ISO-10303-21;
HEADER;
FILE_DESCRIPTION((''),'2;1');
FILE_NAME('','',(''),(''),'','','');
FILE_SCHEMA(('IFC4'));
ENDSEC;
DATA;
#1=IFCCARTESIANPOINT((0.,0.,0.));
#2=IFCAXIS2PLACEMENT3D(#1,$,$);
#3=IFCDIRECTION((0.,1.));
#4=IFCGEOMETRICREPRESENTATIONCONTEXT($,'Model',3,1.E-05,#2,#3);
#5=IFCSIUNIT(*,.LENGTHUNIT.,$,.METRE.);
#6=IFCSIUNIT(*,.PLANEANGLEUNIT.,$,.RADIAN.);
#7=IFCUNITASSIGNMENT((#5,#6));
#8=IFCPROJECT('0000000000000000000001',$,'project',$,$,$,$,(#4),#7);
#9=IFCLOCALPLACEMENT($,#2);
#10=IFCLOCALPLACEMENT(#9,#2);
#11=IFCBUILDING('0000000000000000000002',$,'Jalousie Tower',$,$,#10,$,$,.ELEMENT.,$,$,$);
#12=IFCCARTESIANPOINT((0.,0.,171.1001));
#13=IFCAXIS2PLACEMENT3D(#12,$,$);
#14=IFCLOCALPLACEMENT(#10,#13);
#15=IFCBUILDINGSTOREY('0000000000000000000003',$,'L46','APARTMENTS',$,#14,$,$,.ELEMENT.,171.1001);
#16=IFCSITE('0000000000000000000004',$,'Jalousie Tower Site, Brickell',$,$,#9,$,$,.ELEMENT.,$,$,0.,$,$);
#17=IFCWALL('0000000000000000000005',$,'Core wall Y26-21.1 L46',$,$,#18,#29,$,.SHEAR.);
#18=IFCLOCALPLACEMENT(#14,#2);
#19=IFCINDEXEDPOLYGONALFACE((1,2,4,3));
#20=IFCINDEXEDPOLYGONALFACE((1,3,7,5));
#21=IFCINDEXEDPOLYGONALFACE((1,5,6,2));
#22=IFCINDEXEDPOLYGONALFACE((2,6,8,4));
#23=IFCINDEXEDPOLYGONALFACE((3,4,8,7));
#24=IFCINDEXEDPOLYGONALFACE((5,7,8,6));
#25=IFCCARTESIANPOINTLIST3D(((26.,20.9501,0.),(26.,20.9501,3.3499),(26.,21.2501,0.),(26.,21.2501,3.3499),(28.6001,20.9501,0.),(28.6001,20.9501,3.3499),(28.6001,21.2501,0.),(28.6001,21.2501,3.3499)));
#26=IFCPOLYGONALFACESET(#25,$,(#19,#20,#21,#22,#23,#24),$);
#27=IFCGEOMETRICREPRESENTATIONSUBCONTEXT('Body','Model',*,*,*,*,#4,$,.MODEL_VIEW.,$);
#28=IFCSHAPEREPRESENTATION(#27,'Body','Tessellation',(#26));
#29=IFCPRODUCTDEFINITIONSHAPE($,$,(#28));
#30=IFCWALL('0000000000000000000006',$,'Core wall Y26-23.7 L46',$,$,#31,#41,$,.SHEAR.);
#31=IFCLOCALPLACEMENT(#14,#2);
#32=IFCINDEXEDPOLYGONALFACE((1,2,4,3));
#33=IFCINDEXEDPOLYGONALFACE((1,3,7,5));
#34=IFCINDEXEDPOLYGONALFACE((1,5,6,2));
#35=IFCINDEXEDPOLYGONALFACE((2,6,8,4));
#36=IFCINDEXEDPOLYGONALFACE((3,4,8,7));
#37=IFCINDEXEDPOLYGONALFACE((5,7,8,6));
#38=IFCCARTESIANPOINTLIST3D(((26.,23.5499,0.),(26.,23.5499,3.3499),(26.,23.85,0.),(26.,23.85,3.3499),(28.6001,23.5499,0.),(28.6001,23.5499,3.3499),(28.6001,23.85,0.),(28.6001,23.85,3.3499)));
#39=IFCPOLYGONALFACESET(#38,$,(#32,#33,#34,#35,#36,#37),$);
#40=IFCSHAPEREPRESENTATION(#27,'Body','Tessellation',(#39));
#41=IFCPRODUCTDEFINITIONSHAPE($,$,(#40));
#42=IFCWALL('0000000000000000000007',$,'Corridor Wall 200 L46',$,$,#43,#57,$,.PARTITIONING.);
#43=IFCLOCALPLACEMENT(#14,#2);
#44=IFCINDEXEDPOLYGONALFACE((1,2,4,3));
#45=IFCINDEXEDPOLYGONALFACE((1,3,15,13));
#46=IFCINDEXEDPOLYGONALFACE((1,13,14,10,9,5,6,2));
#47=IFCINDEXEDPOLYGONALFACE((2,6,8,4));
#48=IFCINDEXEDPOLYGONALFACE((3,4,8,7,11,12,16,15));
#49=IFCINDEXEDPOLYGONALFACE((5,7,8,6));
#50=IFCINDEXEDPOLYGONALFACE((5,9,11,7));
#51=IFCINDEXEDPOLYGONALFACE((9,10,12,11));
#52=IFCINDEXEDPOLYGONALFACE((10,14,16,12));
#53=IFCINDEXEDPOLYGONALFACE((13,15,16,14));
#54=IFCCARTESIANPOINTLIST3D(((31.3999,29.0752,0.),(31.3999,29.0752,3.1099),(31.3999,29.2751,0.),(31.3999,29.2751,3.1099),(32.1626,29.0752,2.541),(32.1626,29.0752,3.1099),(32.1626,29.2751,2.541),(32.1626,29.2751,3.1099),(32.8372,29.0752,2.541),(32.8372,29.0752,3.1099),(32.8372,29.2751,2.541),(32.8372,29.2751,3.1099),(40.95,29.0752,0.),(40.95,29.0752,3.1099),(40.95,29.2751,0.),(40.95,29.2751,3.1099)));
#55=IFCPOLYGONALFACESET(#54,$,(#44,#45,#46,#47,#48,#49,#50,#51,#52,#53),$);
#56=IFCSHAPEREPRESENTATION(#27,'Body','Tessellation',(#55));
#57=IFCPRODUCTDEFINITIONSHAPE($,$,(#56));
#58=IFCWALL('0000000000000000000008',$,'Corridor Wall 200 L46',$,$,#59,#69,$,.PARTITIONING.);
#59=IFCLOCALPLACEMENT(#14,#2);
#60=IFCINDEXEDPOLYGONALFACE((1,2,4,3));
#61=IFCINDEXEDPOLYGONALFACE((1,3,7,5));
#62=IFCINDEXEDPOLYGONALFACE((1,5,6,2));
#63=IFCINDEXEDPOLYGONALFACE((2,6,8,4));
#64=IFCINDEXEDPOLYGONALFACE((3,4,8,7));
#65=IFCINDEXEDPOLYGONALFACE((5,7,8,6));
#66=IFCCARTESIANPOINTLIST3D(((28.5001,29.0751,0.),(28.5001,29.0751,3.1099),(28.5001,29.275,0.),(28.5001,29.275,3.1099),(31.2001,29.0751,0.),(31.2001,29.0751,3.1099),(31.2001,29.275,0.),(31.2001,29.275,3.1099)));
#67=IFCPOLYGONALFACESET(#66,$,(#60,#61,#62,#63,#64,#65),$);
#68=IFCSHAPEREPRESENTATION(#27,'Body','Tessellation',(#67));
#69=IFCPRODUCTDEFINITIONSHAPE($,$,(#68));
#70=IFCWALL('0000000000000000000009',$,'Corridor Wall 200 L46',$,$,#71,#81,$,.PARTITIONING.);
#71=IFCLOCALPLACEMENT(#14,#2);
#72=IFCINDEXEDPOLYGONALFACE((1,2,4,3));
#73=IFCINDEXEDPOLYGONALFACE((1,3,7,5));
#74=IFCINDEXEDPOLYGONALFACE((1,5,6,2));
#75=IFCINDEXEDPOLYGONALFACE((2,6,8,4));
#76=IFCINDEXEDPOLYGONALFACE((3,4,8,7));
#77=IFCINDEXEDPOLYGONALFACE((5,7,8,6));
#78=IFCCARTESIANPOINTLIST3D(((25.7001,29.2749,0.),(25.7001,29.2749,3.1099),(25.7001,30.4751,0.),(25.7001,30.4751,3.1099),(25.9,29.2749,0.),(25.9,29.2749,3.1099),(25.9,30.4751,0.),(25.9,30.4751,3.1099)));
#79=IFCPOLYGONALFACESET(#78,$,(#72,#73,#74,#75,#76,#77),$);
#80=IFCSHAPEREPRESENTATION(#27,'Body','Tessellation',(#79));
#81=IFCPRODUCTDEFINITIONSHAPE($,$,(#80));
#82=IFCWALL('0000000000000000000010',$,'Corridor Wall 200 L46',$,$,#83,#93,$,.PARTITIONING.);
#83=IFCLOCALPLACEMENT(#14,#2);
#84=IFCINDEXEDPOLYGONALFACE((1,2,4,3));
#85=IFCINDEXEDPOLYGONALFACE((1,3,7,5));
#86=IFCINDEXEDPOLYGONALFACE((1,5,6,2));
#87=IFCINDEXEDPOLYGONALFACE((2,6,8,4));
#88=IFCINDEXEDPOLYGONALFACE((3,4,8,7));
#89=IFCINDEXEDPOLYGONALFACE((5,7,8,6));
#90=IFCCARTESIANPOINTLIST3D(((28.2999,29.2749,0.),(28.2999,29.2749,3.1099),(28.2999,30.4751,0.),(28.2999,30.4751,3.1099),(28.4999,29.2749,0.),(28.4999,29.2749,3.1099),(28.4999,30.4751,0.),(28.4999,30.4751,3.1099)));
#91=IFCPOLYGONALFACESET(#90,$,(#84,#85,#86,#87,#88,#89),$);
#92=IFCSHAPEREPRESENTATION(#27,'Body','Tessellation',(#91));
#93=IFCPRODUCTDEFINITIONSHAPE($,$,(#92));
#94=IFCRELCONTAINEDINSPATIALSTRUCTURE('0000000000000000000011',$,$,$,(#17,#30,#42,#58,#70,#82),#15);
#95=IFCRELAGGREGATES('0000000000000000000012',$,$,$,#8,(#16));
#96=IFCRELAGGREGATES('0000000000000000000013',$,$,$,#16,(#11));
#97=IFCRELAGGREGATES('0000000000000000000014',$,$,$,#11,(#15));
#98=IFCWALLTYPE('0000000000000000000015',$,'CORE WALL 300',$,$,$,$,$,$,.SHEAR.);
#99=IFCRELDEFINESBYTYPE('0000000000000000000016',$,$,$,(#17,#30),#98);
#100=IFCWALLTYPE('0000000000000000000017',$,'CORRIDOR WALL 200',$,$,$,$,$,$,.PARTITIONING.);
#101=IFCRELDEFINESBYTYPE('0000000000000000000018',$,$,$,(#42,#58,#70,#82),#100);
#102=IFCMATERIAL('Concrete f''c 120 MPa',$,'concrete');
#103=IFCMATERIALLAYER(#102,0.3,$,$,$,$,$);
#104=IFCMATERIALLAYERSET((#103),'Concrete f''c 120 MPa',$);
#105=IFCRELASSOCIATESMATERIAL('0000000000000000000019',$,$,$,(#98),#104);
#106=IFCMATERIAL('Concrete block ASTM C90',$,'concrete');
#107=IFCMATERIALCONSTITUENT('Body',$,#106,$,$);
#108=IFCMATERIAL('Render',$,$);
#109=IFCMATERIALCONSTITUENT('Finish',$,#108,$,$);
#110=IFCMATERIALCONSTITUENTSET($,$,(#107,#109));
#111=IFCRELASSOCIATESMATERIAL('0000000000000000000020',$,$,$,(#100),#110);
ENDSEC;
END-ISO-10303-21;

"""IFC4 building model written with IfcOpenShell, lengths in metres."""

from ifc_helpers import new_model, si_unit, direction, frame, frame_2d, origin, place, context, subcontext, project, spatial, polyline, rectangle, outline, extrude, material, layer, layer_set, constituent, constituent_set, type_object, element, save


model = new_model("IFC4")

# Units and contexts
model_context = context("Model", 3, precision=1e-05, world=origin(), true_north=direction((0.0, 1.0)))
body_context = subcontext(model_context, "Body", "Model", "MODEL_VIEW")
ifc_project = project(units=[si_unit("LENGTHUNIT", "METRE"), si_unit("PLANEANGLEUNIT", "RADIAN")], contexts=[model_context])

# Site, building, storey
site_placement = place(None, origin())
site = spatial("IfcSite", under=ifc_project, at=site_placement, Name="Jalousie Tower Site, Brickell", CompositionType="ELEMENT", RefElevation=0.0)
building_placement = place(site_placement, origin())
building = spatial("IfcBuilding", under=site, at=building_placement, Name="Jalousie Tower", CompositionType="ELEMENT")
storey_placement = place(building_placement, frame((0.0, 0.0, 171.1001)))
storey = spatial("IfcBuildingStorey", under=building, at=storey_placement, Name="L46", Description="APARTMENTS", CompositionType="ELEMENT", Elevation=171.1001)

# Shared definitions
ifc_material_1 = material(Name="Concrete f'c 120 MPa", Category="concrete")
ifc_layer_1 = layer(ifc_material_1, 0.3)
ifc_layer_set_1 = layer_set([ifc_layer_1], Name="Concrete f'c 120 MPa")
wall_type_1 = type_object("IfcWallType", Name="CORE WALL 300", PredefinedType="SHEAR", material=ifc_layer_set_1)

# Walls
for number, where, z_axis, x_axis, name in (
    (1, (26.0, 21.1001, 0.0), (0.0, 0.0, 1.0), (1.0, 0.0, 0.0), "Core wall Y26-21.1 L46"),
    (2, (26.0, 23.7, 0.0), (0.0, 0.0, 1.0), (1.0, 0.0, 0.0), "Core wall Y26-23.7 L46"),
):
    element("IfcWall", number, at=place(storey_placement, frame(where, z_axis=z_axis, x_axis=x_axis)), inside=storey, type_object=wall_type_1, Name=name, PredefinedType="SHEAR", context=body_context, shape_type="SweptSolid", body=[
        extrude(rectangle(XDim=2.6001, YDim=0.3, at=frame_2d((1.3, 0.0))), origin(), (0.0, 0.0, 1.0), 3.3499),
    ])
ifc_material_2 = material(Name="Concrete block ASTM C90", Category="concrete")
ifc_constituent_1 = constituent(ifc_material_2, Name="Body")
ifc_material_3 = material(Name="Render")
ifc_constituent_2 = constituent(ifc_material_3, Name="Finish")
ifc_constituent_set = constituent_set(constituents=[ifc_constituent_1, ifc_constituent_2])
wall_type_2 = type_object("IfcWallType", Name="CORRIDOR WALL 200", PredefinedType="PARTITIONING", material=ifc_constituent_set)
wall_1_placement = place(storey_placement, frame((31.3999, 29.175, 0.0), z_axis=(0.0, 0.0, 1.0), x_axis=(1.0, 0.0, 0.0)))
element("IfcWall", 3, at=wall_1_placement, inside=storey, type_object=wall_type_2, Name="Corridor Wall 200 L46", PredefinedType="PARTITIONING", context=body_context, shape_type="SweptSolid", body=[
    extrude(outline(polyline([(0.0, 0.0), (9.55, 0.0), (9.55, 3.1099), (1.4373, 3.1099), (1.4373, 2.541), (0.7627, 2.541), (0.7627, 3.1099), (0.0, 3.1099), (0.0, 0.0)])), frame((0.0, 0.1001, 0.0), z_axis=(0.0, -1.0, 0.0), x_axis=(1.0, 0.0, 0.0)), (0.0, 0.0, 1.0), 0.2),
])
wall_2_placement = place(storey_placement, frame((28.5, 29.175, 0.0), z_axis=(0.0, 0.0, 1.0), x_axis=(1.0, 0.0, 0.0)))
element("IfcWall", 4, at=wall_2_placement, inside=storey, type_object=wall_type_2, Name="Corridor Wall 200 L46", PredefinedType="PARTITIONING", context=body_context, shape_type="SweptSolid", body=[
    extrude(rectangle(XDim=2.7, YDim=0.2, at=frame_2d((1.3501, 0.0))), origin(), (0.0, 0.0, 1.0), 3.1099),
])
for number, where, z_axis, x_axis, name in (
    (5, (25.8, 29.2749, 0.0), (0.0, 0.0, 1.0), (0.0, 1.0, 0.0), "Corridor Wall 200 L46"),
    (6, (28.3999, 29.2749, 0.0), (0.0, 0.0, 1.0), (0.0, 1.0, 0.0), "Corridor Wall 200 L46"),
):
    element("IfcWall", number, at=place(storey_placement, frame(where, z_axis=z_axis, x_axis=x_axis)), inside=storey, type_object=wall_type_2, Name=name, PredefinedType="PARTITIONING", context=body_context, shape_type="SweptSolid", body=[
        extrude(rectangle(XDim=1.2002, YDim=0.2, at=frame_2d((0.6001, 0.0))), origin(), (0.0, 0.0, 1.0), 3.1099),
    ])

save(model, "model.ifc")
